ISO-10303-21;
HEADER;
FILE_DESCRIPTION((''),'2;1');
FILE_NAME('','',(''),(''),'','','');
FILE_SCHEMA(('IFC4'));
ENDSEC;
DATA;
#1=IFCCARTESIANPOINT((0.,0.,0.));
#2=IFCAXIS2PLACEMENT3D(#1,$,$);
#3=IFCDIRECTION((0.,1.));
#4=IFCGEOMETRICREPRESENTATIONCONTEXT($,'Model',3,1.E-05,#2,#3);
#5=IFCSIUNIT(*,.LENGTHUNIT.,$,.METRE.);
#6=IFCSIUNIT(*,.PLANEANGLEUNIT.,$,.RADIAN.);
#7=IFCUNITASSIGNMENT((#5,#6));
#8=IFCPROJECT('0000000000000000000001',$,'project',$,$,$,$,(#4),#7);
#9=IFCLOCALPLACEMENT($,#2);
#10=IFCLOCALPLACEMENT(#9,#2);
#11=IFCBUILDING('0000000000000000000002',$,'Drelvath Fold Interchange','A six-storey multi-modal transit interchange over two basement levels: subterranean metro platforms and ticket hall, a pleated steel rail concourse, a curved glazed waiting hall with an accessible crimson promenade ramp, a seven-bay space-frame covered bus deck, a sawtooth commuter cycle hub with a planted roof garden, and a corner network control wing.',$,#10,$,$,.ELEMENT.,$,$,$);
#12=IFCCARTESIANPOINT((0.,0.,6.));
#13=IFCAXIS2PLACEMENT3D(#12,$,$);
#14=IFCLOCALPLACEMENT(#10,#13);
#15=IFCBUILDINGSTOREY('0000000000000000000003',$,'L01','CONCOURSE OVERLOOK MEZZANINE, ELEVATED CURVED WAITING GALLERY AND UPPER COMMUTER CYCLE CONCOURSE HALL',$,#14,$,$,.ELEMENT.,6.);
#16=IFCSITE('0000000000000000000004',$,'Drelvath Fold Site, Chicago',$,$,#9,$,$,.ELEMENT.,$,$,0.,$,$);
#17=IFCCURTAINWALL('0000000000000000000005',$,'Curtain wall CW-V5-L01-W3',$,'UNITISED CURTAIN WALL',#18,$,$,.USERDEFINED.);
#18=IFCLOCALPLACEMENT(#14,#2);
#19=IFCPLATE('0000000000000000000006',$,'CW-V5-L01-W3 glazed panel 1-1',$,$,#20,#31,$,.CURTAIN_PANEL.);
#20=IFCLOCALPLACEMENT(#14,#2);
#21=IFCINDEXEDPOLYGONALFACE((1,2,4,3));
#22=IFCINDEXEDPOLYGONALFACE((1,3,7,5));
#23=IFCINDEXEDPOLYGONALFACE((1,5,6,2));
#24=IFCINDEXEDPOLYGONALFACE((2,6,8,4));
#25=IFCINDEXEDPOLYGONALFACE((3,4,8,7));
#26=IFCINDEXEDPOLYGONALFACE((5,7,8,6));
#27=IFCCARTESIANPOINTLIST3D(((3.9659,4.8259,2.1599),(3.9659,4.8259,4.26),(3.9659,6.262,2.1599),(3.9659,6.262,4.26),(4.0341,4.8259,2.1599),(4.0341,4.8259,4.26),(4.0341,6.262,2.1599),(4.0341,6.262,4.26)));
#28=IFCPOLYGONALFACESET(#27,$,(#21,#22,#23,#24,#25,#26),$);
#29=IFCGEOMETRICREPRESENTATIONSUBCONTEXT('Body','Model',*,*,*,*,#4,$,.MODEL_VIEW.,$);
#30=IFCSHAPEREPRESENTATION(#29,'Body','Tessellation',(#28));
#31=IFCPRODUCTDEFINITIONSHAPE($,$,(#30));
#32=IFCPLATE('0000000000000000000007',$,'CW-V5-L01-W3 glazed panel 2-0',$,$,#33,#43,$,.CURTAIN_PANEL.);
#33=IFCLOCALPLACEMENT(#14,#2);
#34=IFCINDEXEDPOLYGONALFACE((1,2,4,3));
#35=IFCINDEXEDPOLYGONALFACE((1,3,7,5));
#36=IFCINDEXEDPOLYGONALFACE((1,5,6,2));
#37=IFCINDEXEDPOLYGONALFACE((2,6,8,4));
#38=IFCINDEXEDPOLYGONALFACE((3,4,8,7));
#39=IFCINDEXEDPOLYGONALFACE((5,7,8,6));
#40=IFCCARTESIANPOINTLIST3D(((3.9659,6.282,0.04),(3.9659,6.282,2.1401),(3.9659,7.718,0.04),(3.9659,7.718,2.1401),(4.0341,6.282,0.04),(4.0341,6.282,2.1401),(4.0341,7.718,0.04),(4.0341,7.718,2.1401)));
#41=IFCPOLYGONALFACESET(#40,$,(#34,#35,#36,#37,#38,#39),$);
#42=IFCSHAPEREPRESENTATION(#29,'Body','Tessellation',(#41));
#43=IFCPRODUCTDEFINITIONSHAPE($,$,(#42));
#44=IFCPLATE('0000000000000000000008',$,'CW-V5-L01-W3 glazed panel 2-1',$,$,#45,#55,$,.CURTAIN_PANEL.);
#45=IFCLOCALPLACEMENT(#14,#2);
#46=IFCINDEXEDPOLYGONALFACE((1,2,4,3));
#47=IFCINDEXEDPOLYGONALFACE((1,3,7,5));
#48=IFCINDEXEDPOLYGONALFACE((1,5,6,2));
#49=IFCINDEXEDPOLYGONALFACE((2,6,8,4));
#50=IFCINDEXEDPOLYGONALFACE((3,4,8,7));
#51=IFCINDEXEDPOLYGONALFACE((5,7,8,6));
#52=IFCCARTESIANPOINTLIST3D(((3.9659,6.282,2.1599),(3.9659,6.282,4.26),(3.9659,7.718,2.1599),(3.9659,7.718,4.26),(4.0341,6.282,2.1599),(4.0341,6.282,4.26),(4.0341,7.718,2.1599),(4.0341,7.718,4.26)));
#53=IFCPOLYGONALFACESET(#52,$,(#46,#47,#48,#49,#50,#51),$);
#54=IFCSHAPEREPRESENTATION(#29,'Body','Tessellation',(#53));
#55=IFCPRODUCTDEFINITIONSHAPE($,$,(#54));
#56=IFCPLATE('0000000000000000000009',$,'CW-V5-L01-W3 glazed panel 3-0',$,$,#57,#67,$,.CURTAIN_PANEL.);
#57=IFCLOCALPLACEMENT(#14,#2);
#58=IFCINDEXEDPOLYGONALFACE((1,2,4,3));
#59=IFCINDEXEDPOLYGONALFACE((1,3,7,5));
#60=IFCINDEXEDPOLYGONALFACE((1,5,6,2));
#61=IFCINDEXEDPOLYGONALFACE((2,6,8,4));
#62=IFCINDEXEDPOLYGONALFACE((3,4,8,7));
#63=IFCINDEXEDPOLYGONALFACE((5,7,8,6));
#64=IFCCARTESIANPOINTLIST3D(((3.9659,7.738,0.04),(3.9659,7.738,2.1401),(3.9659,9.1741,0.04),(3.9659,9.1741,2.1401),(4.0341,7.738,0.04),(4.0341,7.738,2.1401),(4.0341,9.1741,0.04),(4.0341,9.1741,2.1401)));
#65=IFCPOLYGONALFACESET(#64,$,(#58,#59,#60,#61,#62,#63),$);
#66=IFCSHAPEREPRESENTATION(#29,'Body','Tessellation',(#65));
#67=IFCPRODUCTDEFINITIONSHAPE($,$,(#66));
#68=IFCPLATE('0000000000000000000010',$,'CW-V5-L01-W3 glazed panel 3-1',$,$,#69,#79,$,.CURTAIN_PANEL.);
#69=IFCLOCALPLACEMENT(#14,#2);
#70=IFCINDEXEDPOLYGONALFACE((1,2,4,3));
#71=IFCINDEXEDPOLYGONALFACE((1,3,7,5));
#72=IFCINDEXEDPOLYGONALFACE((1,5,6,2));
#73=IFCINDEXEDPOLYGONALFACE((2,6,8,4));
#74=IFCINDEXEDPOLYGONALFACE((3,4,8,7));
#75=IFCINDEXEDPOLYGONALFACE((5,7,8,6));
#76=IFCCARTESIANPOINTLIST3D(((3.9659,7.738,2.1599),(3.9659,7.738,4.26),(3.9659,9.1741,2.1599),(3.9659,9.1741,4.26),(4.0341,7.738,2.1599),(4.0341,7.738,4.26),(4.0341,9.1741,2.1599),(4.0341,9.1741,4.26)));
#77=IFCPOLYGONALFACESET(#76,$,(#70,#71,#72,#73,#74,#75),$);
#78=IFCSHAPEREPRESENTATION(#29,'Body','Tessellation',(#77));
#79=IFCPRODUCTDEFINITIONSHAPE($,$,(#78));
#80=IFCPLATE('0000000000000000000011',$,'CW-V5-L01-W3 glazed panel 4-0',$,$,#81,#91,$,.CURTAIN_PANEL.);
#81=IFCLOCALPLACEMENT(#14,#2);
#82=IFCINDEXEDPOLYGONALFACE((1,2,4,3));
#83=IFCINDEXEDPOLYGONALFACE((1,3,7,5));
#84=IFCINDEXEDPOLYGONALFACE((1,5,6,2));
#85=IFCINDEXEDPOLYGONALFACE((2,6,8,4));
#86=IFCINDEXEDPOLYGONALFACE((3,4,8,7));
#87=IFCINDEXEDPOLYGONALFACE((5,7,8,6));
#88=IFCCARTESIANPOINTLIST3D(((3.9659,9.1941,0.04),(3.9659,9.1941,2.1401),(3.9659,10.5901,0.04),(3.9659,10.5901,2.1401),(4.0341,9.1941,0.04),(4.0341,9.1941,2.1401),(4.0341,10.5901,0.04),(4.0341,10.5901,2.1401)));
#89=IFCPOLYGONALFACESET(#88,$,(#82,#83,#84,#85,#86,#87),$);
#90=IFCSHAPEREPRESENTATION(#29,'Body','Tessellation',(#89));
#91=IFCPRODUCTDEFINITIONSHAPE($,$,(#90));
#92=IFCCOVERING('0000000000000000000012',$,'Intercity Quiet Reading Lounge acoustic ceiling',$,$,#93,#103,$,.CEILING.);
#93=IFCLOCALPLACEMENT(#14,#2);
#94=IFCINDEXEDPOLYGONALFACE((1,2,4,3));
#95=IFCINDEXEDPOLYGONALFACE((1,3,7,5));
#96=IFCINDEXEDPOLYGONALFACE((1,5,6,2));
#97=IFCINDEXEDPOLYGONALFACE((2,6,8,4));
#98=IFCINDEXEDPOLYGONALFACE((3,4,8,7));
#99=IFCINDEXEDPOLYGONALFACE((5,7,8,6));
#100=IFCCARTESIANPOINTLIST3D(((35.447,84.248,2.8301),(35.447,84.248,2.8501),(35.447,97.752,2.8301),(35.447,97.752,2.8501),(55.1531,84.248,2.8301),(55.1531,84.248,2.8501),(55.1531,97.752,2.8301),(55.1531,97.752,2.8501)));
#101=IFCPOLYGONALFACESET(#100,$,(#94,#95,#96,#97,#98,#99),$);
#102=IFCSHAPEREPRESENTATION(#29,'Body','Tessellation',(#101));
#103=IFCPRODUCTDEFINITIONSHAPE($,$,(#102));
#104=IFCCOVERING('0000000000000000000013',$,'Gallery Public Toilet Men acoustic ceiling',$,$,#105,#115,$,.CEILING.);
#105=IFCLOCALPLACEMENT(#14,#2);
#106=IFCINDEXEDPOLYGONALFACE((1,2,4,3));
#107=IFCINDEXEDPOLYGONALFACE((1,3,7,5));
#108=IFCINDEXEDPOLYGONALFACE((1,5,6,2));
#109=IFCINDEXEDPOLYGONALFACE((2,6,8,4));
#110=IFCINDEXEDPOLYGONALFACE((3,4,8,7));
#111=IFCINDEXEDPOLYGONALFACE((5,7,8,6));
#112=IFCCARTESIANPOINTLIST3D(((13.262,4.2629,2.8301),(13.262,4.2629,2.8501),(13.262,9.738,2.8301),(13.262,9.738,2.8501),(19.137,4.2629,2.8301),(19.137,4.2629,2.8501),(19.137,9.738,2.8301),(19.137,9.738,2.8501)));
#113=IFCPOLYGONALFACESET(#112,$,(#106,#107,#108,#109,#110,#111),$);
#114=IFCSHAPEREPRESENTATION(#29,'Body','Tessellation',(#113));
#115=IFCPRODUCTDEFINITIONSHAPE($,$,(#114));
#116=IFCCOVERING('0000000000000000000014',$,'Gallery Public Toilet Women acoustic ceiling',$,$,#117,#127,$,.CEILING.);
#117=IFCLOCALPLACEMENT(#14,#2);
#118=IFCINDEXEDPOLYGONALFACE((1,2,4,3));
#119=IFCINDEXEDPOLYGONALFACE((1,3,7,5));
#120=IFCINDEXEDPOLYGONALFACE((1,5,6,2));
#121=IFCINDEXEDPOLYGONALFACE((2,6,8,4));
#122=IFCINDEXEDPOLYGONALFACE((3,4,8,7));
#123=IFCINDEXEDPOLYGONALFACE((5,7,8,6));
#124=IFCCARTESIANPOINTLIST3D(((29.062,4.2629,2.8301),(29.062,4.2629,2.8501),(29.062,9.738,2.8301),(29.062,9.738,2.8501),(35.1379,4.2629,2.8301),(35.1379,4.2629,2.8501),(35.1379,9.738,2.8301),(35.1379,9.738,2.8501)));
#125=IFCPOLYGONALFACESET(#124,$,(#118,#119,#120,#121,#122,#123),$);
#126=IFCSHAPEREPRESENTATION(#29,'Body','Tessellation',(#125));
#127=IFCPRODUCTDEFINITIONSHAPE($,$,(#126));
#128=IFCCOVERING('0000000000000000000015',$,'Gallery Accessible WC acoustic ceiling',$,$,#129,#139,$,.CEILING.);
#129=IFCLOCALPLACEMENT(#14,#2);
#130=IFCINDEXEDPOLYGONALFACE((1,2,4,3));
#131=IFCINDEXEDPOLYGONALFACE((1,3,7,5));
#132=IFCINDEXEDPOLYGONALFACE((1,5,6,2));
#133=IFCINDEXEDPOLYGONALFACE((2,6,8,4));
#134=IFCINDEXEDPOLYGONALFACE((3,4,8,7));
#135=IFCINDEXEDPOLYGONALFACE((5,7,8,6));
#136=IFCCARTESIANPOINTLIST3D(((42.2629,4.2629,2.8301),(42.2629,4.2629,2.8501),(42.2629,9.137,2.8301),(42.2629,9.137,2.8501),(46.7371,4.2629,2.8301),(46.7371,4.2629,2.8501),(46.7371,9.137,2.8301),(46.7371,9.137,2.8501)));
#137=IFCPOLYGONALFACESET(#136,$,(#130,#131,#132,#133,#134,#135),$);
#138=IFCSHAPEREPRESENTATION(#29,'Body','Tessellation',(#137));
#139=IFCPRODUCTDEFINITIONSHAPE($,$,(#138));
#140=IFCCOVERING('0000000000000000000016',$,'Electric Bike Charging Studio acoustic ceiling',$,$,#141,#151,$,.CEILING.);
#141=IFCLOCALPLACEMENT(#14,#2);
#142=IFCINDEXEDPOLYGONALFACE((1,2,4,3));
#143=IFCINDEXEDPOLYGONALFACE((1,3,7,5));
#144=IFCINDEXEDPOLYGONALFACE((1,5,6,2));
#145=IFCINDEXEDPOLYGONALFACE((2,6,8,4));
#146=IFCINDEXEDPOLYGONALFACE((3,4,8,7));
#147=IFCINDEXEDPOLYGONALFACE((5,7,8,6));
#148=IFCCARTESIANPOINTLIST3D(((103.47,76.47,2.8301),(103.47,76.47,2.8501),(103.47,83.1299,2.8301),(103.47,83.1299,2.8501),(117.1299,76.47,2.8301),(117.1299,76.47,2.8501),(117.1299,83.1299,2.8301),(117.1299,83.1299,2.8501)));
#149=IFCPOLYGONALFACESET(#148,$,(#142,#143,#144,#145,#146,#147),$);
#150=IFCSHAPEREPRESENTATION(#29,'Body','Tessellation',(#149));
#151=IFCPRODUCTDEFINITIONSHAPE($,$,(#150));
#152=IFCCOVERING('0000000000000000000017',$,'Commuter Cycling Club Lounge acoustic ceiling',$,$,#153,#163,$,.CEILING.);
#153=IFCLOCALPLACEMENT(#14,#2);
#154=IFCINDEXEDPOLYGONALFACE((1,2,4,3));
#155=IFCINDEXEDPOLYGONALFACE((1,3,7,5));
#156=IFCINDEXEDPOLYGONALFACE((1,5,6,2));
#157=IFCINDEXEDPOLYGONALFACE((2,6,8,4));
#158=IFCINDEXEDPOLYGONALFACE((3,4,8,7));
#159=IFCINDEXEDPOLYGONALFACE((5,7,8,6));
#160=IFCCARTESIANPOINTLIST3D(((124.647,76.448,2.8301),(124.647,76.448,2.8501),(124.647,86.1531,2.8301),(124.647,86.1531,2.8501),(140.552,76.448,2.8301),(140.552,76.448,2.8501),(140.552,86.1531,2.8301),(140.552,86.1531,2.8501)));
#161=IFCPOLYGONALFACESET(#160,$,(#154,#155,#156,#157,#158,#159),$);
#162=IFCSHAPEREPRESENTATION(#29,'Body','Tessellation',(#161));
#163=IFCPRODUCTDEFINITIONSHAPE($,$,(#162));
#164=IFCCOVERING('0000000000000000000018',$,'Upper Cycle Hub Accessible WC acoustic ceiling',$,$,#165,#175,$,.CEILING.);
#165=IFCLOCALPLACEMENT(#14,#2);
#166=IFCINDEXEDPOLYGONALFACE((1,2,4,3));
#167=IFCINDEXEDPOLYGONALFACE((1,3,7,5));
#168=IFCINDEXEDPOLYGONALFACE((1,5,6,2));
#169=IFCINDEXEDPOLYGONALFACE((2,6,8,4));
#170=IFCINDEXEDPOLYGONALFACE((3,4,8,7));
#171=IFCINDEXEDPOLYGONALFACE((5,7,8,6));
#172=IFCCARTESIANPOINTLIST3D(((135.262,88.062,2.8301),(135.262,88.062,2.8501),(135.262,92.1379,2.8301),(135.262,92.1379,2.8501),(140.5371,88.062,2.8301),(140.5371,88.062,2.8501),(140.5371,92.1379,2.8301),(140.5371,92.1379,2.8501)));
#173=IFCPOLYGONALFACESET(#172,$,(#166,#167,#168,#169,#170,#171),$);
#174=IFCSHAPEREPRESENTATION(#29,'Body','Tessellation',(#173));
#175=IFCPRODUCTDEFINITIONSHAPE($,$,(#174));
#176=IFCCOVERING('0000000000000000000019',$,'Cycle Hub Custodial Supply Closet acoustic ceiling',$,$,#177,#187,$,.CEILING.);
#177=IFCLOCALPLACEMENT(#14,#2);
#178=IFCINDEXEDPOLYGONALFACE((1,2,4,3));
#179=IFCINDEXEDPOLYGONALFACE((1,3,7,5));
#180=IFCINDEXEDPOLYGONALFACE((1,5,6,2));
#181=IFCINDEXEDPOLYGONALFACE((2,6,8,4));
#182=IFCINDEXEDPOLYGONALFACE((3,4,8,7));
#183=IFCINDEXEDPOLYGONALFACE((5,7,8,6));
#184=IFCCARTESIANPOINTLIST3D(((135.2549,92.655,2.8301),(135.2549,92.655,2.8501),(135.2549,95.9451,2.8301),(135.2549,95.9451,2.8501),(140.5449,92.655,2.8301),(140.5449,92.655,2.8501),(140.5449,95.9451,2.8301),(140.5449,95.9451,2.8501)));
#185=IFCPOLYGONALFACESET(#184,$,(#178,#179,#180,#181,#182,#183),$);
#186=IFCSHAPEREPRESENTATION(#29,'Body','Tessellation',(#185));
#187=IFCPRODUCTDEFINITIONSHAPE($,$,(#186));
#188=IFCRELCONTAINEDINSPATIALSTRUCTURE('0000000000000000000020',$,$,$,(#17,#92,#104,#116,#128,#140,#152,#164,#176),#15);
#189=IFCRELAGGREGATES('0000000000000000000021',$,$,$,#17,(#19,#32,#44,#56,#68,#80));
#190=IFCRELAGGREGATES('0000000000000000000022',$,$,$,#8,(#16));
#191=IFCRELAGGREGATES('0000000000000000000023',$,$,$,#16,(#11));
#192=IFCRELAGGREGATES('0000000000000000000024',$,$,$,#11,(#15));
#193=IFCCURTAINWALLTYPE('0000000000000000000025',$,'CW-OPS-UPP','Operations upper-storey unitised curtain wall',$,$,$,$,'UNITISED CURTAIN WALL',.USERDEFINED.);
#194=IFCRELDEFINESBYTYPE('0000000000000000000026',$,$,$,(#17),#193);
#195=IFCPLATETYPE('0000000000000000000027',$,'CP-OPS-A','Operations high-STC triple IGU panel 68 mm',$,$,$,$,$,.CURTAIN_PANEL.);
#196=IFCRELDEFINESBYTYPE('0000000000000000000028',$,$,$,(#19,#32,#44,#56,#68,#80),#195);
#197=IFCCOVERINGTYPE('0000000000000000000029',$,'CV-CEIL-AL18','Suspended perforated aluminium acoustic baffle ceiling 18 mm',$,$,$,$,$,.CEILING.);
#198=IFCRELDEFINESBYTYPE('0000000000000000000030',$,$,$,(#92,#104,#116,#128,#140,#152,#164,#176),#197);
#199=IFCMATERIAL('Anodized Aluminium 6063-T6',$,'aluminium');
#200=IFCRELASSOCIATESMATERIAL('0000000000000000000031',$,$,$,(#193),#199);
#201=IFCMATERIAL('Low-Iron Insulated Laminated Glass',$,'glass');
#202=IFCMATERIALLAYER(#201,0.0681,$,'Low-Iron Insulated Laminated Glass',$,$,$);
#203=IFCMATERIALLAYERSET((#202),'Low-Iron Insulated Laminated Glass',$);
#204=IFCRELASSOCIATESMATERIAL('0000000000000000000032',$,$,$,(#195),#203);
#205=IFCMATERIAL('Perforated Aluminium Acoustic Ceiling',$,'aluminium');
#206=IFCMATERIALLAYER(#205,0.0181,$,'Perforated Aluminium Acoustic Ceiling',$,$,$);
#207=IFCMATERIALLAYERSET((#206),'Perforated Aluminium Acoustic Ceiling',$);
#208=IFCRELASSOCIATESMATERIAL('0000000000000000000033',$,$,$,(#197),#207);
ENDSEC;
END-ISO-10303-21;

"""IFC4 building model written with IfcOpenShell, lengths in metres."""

from ifc_helpers import new_model, si_unit, direction, frame, origin, origin_2d, place, context, subcontext, project, spatial, polyline, rectangle, outline, extrude, material, layer, layer_set, type_object, element, aggregate, save


model = new_model("IFC4")

# Units and contexts
model_context = context("Model", 3, precision=1e-05, world=origin(), true_north=direction((0.0, 1.0)))
body_context = subcontext(model_context, "Body", "Model", "MODEL_VIEW")
ifc_project = project(units=[si_unit("LENGTHUNIT", "METRE"), si_unit("PLANEANGLEUNIT", "RADIAN")], contexts=[model_context])

# Site, building, storey
site_placement = place(None, origin())
site = spatial("IfcSite", under=ifc_project, at=site_placement, Name="Drelvath Fold Site, Chicago", CompositionType="ELEMENT", RefElevation=0.0)
building_placement = place(site_placement, origin())
building = spatial("IfcBuilding", under=site, at=building_placement, Name="Drelvath Fold Interchange", Description="A six-storey multi-modal transit interchange over two basement levels: subterranean metro platforms and ticket hall, a pleated steel rail concourse, a curved glazed waiting hall with an accessible crimson promenade ramp, a seven-bay space-frame covered bus deck, a sawtooth commuter cycle hub with a planted roof garden, and a corner network control wing.", CompositionType="ELEMENT")
storey_placement = place(building_placement, frame((0.0, 0.0, 6.0)))
storey = spatial("IfcBuildingStorey", under=building, at=storey_placement, Name="L01", Description="CONCOURSE OVERLOOK MEZZANINE, ELEVATED CURVED WAITING GALLERY AND UPPER COMMUTER CYCLE CONCOURSE HALL", CompositionType="ELEMENT", Elevation=6.0)

# Curtain wall, plates
ifc_material_1 = material(Name="Anodized Aluminium 6063-T6", Category="aluminium")
curtain_wall_type = type_object("IfcCurtainWallType", Name="CW-OPS-UPP", Description="Operations upper-storey unitised curtain wall", ElementType="UNITISED CURTAIN WALL", PredefinedType="USERDEFINED", material=ifc_material_1)
curtain_wall_placement = place(storey_placement, origin())
curtain_wall = element("IfcCurtainWall", 1, at=curtain_wall_placement, inside=storey, type_object=curtain_wall_type, Name="Curtain wall CW-V5-L01-W3", ObjectType="UNITISED CURTAIN WALL", PredefinedType="USERDEFINED")
ifc_material_2 = material(Name="Low-Iron Insulated Laminated Glass", Category="glass")
ifc_layer_1 = layer(ifc_material_2, 0.0681, Name="Low-Iron Insulated Laminated Glass")
ifc_layer_set_1 = layer_set([ifc_layer_1], Name="Low-Iron Insulated Laminated Glass")
plate_type = type_object("IfcPlateType", Name="CP-OPS-A", Description="Operations high-STC triple IGU panel 68 mm", PredefinedType="CURTAIN_PANEL", material=ifc_layer_set_1)
plate_1_placement = place(storey_placement, frame((4.0, 5.5439, 2.1599), z_axis=(0.0, 0.0, 1.0), x_axis=(0.0, 1.0, 0.0)))
plate_1 = element("IfcPlate", 2, at=plate_1_placement, type_object=plate_type, Name="CW-V5-L01-W3 glazed panel 1-1", PredefinedType="CURTAIN_PANEL", context=body_context, shape_type="SweptSolid", body=[
    extrude(rectangle(XDim=1.436, YDim=0.0681, at=origin_2d()), origin(), (0.0, 0.0, 1.0), 2.1001),
])
plate_2_placement = place(storey_placement, frame((4.0, 7.0, 0.04), z_axis=(0.0, 0.0, 1.0), x_axis=(0.0, 1.0, 0.0)))
plate_2 = element("IfcPlate", 3, at=plate_2_placement, type_object=plate_type, Name="CW-V5-L01-W3 glazed panel 2-0", PredefinedType="CURTAIN_PANEL", context=body_context, shape_type="SweptSolid", body=[
    extrude(rectangle(XDim=1.436, YDim=0.0681, at=origin_2d()), origin(), (0.0, 0.0, 1.0), 2.1001),
])
plate_3_placement = place(storey_placement, frame((4.0, 7.0, 2.1599), z_axis=(0.0, 0.0, 1.0), x_axis=(0.0, 1.0, 0.0)))
plate_3 = element("IfcPlate", 4, at=plate_3_placement, type_object=plate_type, Name="CW-V5-L01-W3 glazed panel 2-1", PredefinedType="CURTAIN_PANEL", context=body_context, shape_type="SweptSolid", body=[
    extrude(rectangle(XDim=1.436, YDim=0.0681, at=origin_2d()), origin(), (0.0, 0.0, 1.0), 2.1001),
])
plate_4_placement = place(storey_placement, frame((4.0, 8.4561, 0.04), z_axis=(0.0, 0.0, 1.0), x_axis=(0.0, 1.0, 0.0)))
plate_4 = element("IfcPlate", 5, at=plate_4_placement, type_object=plate_type, Name="CW-V5-L01-W3 glazed panel 3-0", PredefinedType="CURTAIN_PANEL", context=body_context, shape_type="SweptSolid", body=[
    extrude(rectangle(XDim=1.436, YDim=0.0681, at=origin_2d()), origin(), (0.0, 0.0, 1.0), 2.1001),
])
plate_5_placement = place(storey_placement, frame((4.0, 8.4561, 2.1599), z_axis=(0.0, 0.0, 1.0), x_axis=(0.0, 1.0, 0.0)))
plate_5 = element("IfcPlate", 6, at=plate_5_placement, type_object=plate_type, Name="CW-V5-L01-W3 glazed panel 3-1", PredefinedType="CURTAIN_PANEL", context=body_context, shape_type="SweptSolid", body=[
    extrude(rectangle(XDim=1.436, YDim=0.0681, at=origin_2d()), origin(), (0.0, 0.0, 1.0), 2.1001),
])
plate_6_placement = place(storey_placement, frame((4.0, 9.8921, 0.04), z_axis=(0.0, 0.0, 1.0), x_axis=(0.0, 1.0, 0.0)))
plate_6 = element("IfcPlate", 7, at=plate_6_placement, type_object=plate_type, Name="CW-V5-L01-W3 glazed panel 4-0", PredefinedType="CURTAIN_PANEL", context=body_context, shape_type="SweptSolid", body=[
    extrude(rectangle(XDim=1.396, YDim=0.0681, at=origin_2d()), origin(), (0.0, 0.0, 1.0), 2.1001),
])
aggregate(curtain_wall, [plate_1, plate_2, plate_3, plate_4, plate_5, plate_6])

# Coverings
ifc_material_3 = material(Name="Perforated Aluminium Acoustic Ceiling", Category="aluminium")
ifc_layer_2 = layer(ifc_material_3, 0.0181, Name="Perforated Aluminium Acoustic Ceiling")
ifc_layer_set_2 = layer_set([ifc_layer_2], Name="Perforated Aluminium Acoustic Ceiling")
covering_type = type_object("IfcCoveringType", Name="CV-CEIL-AL18", Description="Suspended perforated aluminium acoustic baffle ceiling 18 mm", PredefinedType="CEILING", material=ifc_layer_set_2)
covering_1_placement = place(storey_placement, frame((0.0, 0.0, 2.8301)))
element("IfcCovering", 8, at=covering_1_placement, inside=storey, type_object=covering_type, Name="Intercity Quiet Reading Lounge acoustic ceiling", PredefinedType="CEILING", context=body_context, shape_type="SweptSolid", body=[
    extrude(outline(polyline([(35.447, 84.248), (55.1531, 84.248), (55.1531, 97.752), (35.447, 97.752), (35.447, 84.248)])), origin(), (0.0, 0.0, 1.0), 0.02),
])
covering_2_placement = place(storey_placement, frame((0.0, 0.0, 2.8301)))
element("IfcCovering", 9, at=covering_2_placement, inside=storey, type_object=covering_type, Name="Gallery Public Toilet Men acoustic ceiling", PredefinedType="CEILING", context=body_context, shape_type="SweptSolid", body=[
    extrude(outline(polyline([(13.262, 4.2629), (19.137, 4.2629), (19.137, 9.738), (13.262, 9.738), (13.262, 4.2629)])), origin(), (0.0, 0.0, 1.0), 0.02),
])
covering_3_placement = place(storey_placement, frame((0.0, 0.0, 2.8301)))
element("IfcCovering", 10, at=covering_3_placement, inside=storey, type_object=covering_type, Name="Gallery Public Toilet Women acoustic ceiling", PredefinedType="CEILING", context=body_context, shape_type="SweptSolid", body=[
    extrude(outline(polyline([(29.062, 4.2629), (35.1379, 4.2629), (35.1379, 9.738), (29.062, 9.738), (29.062, 4.2629)])), origin(), (0.0, 0.0, 1.0), 0.02),
])
covering_4_placement = place(storey_placement, frame((0.0, 0.0, 2.8301)))
element("IfcCovering", 11, at=covering_4_placement, inside=storey, type_object=covering_type, Name="Gallery Accessible WC acoustic ceiling", PredefinedType="CEILING", context=body_context, shape_type="SweptSolid", body=[
    extrude(outline(polyline([(42.2629, 4.2629), (46.7371, 4.2629), (46.7371, 9.137), (42.2629, 9.137), (42.2629, 4.2629)])), origin(), (0.0, 0.0, 1.0), 0.02),
])
covering_5_placement = place(storey_placement, frame((0.0, 0.0, 2.8301)))
element("IfcCovering", 12, at=covering_5_placement, inside=storey, type_object=covering_type, Name="Electric Bike Charging Studio acoustic ceiling", PredefinedType="CEILING", context=body_context, shape_type="SweptSolid", body=[
    extrude(outline(polyline([(103.47, 76.47), (117.1299, 76.47), (117.1299, 83.1299), (103.47, 83.1299), (103.47, 76.47)])), origin(), (0.0, 0.0, 1.0), 0.02),
])
covering_6_placement = place(storey_placement, frame((0.0, 0.0, 2.8301)))
element("IfcCovering", 13, at=covering_6_placement, inside=storey, type_object=covering_type, Name="Commuter Cycling Club Lounge acoustic ceiling", PredefinedType="CEILING", context=body_context, shape_type="SweptSolid", body=[
    extrude(outline(polyline([(124.647, 76.448), (140.552, 76.448), (140.552, 86.1531), (124.647, 86.1531), (124.647, 76.448)])), origin(), (0.0, 0.0, 1.0), 0.02),
])
covering_7_placement = place(storey_placement, frame((0.0, 0.0, 2.8301)))
element("IfcCovering", 14, at=covering_7_placement, inside=storey, type_object=covering_type, Name="Upper Cycle Hub Accessible WC acoustic ceiling", PredefinedType="CEILING", context=body_context, shape_type="SweptSolid", body=[
    extrude(outline(polyline([(135.262, 88.062), (140.5371, 88.062), (140.5371, 92.1379), (135.262, 92.1379), (135.262, 88.062)])), origin(), (0.0, 0.0, 1.0), 0.02),
])
covering_8_placement = place(storey_placement, frame((0.0, 0.0, 2.8301)))
element("IfcCovering", 15, at=covering_8_placement, inside=storey, type_object=covering_type, Name="Cycle Hub Custodial Supply Closet acoustic ceiling", PredefinedType="CEILING", context=body_context, shape_type="SweptSolid", body=[
    extrude(outline(polyline([(135.2549, 92.655), (140.5449, 92.655), (140.5449, 95.9451), (135.2549, 95.9451), (135.2549, 92.655)])), origin(), (0.0, 0.0, 1.0), 0.02),
])

save(model, "model.ifc")
